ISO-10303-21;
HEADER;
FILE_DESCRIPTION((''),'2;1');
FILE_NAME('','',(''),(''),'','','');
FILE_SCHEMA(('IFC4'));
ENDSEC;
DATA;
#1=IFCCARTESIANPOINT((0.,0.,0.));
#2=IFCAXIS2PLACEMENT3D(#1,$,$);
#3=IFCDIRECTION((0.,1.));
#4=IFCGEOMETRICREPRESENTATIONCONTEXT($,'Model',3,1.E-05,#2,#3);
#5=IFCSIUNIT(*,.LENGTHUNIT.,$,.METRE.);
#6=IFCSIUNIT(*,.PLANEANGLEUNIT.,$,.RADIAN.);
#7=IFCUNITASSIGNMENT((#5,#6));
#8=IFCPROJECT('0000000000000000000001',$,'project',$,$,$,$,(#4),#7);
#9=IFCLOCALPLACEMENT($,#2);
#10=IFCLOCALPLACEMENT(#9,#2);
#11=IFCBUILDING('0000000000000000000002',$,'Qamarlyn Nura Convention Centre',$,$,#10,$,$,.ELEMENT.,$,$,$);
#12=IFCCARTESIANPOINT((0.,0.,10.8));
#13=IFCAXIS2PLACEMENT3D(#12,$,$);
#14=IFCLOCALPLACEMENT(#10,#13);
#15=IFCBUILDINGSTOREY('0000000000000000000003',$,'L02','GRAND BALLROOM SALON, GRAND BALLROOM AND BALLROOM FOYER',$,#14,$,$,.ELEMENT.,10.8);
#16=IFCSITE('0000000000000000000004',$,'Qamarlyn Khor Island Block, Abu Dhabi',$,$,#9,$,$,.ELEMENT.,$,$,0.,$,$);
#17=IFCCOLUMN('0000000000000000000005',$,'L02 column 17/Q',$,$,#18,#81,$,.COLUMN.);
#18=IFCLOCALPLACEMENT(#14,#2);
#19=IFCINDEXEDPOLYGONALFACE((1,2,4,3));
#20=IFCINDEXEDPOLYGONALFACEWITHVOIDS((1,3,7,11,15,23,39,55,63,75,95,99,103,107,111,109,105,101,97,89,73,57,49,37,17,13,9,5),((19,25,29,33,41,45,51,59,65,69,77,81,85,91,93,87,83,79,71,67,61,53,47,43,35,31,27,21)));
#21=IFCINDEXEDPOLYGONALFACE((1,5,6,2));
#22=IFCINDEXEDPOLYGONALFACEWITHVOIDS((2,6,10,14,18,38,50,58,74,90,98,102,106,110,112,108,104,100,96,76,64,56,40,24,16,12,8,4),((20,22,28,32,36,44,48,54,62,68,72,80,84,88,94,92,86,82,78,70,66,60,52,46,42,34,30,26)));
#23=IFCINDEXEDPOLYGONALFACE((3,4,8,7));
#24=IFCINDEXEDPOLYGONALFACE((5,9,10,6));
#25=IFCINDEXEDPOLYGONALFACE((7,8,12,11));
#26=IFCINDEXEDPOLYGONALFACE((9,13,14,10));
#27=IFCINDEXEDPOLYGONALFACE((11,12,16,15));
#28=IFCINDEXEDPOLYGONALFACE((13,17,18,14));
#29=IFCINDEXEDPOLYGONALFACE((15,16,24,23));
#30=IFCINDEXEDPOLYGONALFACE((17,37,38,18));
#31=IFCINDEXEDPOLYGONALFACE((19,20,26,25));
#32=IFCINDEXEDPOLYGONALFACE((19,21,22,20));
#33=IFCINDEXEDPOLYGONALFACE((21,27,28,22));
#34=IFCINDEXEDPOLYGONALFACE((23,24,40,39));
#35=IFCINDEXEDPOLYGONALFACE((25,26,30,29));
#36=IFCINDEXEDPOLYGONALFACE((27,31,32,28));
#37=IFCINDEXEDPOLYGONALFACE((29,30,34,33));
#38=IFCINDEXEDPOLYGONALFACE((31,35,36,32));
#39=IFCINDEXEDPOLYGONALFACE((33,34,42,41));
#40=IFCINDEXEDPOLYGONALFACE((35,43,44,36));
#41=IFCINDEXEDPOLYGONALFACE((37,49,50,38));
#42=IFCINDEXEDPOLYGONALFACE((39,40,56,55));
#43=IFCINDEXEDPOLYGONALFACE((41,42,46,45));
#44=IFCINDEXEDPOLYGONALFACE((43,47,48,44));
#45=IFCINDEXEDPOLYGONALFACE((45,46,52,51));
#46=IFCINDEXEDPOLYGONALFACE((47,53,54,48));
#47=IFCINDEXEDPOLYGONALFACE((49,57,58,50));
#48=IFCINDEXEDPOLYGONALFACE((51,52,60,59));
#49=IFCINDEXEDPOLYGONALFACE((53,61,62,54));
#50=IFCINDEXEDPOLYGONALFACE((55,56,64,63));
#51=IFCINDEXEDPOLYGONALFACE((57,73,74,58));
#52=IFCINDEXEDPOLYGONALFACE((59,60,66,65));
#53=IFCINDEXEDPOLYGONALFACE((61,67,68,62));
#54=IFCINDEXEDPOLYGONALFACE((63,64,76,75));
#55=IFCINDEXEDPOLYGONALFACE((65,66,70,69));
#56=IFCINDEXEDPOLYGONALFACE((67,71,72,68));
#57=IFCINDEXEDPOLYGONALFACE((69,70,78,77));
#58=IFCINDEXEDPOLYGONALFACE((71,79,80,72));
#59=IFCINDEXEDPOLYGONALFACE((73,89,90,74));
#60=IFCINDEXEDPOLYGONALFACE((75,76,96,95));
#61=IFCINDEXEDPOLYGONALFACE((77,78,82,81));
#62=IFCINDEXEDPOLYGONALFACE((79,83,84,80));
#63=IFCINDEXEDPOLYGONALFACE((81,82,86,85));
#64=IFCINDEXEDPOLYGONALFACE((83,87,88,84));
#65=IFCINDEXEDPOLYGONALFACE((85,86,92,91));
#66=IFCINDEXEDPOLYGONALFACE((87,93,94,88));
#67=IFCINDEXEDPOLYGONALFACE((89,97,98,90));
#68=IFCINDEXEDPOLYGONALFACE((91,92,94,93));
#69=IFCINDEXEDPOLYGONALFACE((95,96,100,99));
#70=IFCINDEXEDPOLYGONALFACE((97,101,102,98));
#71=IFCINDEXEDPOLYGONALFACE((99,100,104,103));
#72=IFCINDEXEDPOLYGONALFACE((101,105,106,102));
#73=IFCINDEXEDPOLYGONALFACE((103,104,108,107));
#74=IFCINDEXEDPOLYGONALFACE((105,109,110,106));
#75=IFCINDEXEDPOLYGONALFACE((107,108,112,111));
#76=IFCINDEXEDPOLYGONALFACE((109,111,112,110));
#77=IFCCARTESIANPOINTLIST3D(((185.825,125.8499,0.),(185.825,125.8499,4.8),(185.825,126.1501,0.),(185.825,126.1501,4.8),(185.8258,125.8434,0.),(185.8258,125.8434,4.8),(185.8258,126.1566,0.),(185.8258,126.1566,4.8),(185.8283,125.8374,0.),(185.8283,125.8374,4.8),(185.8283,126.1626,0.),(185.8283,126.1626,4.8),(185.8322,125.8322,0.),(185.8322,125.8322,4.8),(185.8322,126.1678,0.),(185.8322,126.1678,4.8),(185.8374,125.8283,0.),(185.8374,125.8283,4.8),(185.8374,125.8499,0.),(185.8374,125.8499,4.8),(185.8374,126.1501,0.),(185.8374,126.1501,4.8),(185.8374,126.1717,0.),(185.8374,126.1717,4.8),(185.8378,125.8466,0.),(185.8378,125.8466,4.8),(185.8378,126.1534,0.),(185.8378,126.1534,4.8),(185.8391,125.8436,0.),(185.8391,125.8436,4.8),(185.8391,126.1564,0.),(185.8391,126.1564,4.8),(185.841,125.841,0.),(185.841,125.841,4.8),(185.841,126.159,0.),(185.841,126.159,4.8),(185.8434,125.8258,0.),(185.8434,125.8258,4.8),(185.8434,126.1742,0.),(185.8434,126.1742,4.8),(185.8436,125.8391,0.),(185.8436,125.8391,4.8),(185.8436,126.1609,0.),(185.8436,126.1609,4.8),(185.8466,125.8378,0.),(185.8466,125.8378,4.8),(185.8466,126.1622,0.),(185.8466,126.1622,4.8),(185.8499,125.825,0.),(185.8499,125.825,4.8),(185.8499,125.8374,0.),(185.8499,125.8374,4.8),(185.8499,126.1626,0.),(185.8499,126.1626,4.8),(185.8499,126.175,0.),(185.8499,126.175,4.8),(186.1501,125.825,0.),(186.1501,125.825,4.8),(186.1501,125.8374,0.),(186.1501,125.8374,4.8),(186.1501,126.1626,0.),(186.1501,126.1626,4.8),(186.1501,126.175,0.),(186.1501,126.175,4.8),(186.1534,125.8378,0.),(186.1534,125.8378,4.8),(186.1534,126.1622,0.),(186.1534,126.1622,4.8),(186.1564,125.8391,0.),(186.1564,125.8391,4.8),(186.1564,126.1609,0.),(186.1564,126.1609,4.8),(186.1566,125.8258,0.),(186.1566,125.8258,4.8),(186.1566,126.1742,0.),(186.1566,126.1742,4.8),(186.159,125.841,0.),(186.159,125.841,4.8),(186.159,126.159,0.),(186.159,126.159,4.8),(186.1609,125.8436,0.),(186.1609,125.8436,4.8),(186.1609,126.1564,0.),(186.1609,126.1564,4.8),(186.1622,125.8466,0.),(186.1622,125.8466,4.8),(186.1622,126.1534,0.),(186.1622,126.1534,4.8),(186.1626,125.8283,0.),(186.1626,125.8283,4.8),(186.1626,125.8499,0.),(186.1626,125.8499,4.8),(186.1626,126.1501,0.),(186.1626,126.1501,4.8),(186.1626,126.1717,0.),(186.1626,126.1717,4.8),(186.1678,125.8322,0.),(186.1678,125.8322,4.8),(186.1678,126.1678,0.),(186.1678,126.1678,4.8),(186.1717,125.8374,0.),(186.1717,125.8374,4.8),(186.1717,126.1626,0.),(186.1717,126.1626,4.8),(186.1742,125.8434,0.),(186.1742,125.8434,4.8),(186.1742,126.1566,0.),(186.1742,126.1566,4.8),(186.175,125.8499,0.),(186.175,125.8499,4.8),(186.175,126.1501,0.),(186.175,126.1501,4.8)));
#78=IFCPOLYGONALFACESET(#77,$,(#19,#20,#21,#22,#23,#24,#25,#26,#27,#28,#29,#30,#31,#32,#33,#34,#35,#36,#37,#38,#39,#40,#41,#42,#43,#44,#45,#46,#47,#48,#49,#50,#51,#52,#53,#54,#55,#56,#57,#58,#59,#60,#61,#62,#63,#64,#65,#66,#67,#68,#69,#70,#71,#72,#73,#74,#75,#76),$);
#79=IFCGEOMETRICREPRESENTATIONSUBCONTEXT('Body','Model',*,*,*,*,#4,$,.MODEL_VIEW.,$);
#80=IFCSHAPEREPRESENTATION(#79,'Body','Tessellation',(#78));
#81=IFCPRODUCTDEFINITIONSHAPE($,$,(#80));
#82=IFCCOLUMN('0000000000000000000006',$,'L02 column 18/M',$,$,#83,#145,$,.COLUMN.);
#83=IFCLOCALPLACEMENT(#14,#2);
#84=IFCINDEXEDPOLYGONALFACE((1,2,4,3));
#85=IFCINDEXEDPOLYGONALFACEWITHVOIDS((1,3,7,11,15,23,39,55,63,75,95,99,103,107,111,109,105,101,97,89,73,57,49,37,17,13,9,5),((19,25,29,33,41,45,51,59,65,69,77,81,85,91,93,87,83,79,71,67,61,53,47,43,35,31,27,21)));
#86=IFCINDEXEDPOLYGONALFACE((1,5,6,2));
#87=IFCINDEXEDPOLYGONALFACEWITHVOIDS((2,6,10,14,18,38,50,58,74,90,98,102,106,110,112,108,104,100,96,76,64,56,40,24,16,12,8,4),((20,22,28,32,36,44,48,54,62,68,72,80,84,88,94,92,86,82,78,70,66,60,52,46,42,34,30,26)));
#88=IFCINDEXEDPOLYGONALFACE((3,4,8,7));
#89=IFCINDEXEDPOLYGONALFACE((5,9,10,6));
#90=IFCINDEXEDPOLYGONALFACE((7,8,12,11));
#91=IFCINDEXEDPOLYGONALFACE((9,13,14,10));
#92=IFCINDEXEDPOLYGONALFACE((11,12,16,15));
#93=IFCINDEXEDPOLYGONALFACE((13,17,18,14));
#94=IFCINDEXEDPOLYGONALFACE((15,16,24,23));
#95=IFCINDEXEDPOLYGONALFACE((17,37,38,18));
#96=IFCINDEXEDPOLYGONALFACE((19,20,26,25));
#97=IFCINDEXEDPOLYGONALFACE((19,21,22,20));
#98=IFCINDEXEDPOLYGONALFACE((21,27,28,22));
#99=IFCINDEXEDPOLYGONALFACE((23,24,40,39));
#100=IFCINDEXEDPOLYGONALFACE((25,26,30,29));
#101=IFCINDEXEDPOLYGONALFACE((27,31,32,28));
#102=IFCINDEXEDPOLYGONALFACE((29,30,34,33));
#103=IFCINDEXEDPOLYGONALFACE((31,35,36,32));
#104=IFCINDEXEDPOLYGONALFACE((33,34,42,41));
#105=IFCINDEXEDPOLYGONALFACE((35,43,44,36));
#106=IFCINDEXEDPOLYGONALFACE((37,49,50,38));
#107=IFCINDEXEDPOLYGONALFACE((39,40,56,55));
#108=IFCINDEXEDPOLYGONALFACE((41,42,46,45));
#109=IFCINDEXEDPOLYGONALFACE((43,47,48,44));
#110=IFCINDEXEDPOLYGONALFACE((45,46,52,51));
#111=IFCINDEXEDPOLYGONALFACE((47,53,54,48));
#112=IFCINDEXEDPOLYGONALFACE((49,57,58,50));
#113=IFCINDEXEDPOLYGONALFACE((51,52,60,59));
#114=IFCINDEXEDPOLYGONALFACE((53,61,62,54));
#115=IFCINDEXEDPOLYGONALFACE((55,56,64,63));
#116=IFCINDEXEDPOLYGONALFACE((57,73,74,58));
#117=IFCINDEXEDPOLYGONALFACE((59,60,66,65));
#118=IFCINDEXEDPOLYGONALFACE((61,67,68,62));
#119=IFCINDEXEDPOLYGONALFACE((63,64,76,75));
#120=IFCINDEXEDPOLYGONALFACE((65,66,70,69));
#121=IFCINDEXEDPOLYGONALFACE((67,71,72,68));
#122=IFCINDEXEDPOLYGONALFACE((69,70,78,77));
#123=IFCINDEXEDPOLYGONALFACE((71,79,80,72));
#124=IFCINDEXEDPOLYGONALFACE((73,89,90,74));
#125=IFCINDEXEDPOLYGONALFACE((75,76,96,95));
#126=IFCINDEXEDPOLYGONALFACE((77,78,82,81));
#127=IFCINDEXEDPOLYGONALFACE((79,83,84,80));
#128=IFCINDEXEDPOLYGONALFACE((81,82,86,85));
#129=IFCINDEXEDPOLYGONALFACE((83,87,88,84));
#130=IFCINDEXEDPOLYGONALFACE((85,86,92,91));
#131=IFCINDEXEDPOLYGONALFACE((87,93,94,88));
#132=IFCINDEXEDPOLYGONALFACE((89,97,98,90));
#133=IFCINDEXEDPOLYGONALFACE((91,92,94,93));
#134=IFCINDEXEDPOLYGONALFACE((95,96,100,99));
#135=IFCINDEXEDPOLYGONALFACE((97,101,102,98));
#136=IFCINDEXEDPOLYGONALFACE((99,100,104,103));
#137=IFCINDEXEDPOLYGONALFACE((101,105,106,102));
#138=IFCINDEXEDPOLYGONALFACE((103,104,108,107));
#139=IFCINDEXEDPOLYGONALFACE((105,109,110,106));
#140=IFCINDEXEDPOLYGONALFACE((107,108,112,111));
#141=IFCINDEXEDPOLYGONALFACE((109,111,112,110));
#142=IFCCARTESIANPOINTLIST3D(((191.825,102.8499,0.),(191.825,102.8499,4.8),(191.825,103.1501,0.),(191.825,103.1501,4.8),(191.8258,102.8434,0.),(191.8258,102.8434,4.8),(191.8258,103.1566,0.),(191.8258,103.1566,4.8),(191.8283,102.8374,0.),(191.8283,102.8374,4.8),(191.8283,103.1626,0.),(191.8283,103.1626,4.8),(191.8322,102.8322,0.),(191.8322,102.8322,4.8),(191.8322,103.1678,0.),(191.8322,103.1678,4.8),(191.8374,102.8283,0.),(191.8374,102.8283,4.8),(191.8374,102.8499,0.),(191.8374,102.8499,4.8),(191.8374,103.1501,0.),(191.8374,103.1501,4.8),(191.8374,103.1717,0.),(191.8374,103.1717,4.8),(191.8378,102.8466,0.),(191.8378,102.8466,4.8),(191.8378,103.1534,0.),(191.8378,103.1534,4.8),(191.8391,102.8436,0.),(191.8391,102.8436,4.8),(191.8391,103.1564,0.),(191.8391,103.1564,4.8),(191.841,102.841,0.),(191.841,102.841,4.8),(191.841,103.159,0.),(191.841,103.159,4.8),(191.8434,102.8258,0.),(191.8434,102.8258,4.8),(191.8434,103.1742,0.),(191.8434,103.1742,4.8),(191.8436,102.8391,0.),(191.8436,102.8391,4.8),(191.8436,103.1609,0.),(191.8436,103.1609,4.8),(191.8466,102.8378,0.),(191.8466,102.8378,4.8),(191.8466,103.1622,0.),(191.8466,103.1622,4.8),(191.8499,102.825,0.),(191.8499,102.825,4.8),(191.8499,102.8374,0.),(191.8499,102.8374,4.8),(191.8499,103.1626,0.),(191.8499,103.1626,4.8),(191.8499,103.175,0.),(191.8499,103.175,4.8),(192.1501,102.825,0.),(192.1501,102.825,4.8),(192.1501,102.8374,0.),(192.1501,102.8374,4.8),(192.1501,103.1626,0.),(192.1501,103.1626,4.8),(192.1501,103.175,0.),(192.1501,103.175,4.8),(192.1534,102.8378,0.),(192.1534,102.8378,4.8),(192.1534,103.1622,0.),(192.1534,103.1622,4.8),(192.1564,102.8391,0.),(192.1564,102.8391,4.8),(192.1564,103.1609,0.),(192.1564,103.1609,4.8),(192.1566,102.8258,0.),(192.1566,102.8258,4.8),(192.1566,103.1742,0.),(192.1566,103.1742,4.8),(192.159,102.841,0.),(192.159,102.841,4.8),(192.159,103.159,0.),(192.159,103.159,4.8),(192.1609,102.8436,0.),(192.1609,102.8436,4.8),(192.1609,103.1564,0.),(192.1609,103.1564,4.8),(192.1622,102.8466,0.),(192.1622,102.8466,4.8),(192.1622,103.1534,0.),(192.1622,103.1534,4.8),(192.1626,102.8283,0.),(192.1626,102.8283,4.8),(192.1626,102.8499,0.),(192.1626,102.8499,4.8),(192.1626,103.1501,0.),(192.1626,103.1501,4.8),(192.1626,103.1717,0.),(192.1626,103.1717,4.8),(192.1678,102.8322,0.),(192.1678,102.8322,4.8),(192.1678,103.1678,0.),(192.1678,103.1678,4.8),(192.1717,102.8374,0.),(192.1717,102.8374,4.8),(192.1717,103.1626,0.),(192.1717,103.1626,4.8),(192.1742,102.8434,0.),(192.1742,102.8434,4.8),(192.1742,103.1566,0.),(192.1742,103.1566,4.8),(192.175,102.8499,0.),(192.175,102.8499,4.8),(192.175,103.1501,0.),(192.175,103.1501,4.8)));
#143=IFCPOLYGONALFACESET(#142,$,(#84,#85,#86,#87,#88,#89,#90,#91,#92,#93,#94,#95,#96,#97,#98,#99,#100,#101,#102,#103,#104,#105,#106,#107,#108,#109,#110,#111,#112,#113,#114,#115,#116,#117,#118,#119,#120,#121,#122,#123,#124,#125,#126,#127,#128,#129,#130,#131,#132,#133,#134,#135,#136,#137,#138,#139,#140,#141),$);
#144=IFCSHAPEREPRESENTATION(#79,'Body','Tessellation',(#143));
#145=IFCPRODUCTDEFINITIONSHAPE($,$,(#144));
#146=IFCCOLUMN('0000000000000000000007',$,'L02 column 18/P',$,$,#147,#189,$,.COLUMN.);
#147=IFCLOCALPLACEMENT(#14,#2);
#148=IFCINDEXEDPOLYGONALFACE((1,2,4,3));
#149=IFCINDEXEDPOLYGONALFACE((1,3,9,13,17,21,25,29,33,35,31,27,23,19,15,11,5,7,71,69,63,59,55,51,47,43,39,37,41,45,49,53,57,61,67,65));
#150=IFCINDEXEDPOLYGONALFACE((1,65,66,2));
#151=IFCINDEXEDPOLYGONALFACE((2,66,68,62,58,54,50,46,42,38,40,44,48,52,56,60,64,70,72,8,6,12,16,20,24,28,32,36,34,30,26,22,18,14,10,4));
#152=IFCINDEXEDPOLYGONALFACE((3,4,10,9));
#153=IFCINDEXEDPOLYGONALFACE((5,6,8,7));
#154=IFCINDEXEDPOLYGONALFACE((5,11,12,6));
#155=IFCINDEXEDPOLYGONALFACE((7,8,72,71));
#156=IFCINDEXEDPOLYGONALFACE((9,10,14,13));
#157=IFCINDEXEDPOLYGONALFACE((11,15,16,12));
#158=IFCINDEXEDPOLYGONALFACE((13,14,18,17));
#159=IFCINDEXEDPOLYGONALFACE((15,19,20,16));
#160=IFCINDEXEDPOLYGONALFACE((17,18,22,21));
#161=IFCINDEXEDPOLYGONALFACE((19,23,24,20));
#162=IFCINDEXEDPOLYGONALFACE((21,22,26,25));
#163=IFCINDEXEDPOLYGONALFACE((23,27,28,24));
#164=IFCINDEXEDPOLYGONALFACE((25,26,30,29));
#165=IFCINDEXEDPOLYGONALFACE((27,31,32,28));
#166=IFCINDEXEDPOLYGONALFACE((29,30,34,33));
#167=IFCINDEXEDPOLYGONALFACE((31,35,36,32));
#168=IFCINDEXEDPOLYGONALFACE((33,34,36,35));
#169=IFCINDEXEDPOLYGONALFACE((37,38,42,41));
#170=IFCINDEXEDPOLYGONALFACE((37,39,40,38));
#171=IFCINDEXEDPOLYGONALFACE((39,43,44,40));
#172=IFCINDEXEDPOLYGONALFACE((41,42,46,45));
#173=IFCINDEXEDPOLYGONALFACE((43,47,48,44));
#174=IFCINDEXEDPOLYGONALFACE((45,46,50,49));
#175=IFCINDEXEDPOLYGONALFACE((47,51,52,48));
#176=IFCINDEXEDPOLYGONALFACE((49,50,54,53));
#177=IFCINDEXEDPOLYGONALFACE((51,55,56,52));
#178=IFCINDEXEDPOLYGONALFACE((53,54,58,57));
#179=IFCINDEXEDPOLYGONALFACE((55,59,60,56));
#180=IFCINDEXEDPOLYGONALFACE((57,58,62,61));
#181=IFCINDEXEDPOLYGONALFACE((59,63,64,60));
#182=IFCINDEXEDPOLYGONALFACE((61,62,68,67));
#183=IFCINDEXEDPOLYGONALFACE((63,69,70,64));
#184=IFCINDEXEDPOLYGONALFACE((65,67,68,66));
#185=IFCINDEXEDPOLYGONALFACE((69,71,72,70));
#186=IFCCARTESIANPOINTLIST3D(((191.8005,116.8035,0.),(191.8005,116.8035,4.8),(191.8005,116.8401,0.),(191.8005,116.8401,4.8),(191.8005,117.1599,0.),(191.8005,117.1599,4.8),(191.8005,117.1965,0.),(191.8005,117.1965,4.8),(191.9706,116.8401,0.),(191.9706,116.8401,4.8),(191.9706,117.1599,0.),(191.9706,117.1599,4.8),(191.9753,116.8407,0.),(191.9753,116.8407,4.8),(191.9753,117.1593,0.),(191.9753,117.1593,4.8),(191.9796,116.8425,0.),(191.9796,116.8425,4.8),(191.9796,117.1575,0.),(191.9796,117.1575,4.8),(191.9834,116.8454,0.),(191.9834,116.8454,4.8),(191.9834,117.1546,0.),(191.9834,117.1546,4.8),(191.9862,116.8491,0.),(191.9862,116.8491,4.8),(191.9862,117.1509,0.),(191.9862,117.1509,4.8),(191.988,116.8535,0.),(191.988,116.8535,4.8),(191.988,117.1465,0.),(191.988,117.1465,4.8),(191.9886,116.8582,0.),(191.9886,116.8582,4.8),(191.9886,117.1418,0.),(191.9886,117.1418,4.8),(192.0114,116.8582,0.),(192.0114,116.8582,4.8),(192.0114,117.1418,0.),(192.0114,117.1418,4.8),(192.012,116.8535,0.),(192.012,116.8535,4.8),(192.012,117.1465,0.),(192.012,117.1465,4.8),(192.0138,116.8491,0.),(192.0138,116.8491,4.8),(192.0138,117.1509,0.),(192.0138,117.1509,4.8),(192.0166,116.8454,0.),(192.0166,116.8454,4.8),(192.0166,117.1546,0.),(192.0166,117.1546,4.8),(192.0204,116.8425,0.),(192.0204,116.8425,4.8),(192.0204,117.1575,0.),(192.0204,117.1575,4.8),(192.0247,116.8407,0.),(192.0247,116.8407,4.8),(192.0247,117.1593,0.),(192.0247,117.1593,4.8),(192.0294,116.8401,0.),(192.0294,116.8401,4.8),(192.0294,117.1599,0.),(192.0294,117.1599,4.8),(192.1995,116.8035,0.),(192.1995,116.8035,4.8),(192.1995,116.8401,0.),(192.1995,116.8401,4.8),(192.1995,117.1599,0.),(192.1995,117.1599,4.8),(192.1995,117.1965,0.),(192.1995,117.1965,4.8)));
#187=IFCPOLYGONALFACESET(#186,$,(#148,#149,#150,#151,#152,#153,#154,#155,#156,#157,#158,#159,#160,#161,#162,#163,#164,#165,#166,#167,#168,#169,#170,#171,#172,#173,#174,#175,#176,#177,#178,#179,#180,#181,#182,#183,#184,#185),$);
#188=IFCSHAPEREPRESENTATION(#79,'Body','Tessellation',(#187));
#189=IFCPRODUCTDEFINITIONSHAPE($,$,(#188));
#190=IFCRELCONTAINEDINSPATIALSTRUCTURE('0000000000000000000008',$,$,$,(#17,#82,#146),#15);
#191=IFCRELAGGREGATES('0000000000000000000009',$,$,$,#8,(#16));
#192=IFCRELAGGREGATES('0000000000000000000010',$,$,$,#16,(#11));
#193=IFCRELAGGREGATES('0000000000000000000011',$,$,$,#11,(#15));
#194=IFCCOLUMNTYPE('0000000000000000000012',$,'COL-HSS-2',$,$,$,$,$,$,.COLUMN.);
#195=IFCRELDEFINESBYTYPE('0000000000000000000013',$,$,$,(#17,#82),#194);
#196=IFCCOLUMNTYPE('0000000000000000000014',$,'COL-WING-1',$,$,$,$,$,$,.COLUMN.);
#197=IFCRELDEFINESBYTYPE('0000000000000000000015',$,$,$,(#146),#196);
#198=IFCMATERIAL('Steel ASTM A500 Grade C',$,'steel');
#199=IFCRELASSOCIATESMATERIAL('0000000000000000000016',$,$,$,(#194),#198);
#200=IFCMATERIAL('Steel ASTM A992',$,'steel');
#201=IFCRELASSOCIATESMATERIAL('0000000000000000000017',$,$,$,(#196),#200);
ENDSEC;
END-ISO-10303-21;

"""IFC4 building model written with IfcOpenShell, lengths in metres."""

from ifc_helpers import new_model, si_unit, direction, frame, origin, origin_2d, place, context, subcontext, project, spatial, hollow_rectangle, i_section, extrude, material, material_profile, profile_set, type_object, element, save


model = new_model("IFC4")

# Units and contexts
model_context = context("Model", 3, precision=1e-05, world=origin(), true_north=direction((0.0, 1.0)))
body_context = subcontext(model_context, "Body", "Model", "MODEL_VIEW")
ifc_project = project(units=[si_unit("LENGTHUNIT", "METRE"), si_unit("PLANEANGLEUNIT", "RADIAN")], contexts=[model_context])

# Site, building, storey
site_placement = place(None, origin())
site = spatial("IfcSite", under=ifc_project, at=site_placement, Name="Qamarlyn Khor Island Block, Abu Dhabi", CompositionType="ELEMENT", RefElevation=0.0)
building_placement = place(site_placement, origin())
building = spatial("IfcBuilding", under=site, at=building_placement, Name="Qamarlyn Nura Convention Centre", CompositionType="ELEMENT")
storey_placement = place(building_placement, frame((0.0, 0.0, 10.8)))
storey = spatial("IfcBuildingStorey", under=building, at=storey_placement, Name="L02", Description="GRAND BALLROOM SALON, GRAND BALLROOM AND BALLROOM FOYER", CompositionType="ELEMENT", Elevation=10.8)

# Columns
ifc_material_1 = material(Name="Steel ASTM A500 Grade C", Category="steel")
ifc_material_profile_1 = material_profile(ifc_material_1, hollow_rectangle(XDim=0.3501, YDim=0.3501, WallThickness=0.0125, InnerFilletRadius=0.0125, OuterFilletRadius=0.0249, at=origin_2d()), Name="HSS350X350X12.5")
ifc_profile_set_1 = profile_set([ifc_material_profile_1], Name="Steel ASTM A500 Grade C")
column_type_1 = type_object("IfcColumnType", Name="COL-HSS-2", PredefinedType="COLUMN", material=ifc_profile_set_1)
for number, where, z_axis, x_axis, name in (
    (1, (186.0, 126.0, 0.0), (0.0, 0.0, 1.0), (1.0, 0.0, 0.0), "L02 column 17/Q"),
    (2, (192.0, 103.0, 0.0), (0.0, 0.0, 1.0), (1.0, 0.0, 0.0), "L02 column 18/M"),
):
    element("IfcColumn", number, at=place(storey_placement, frame(where, z_axis=z_axis, x_axis=x_axis)), inside=storey, type_object=column_type_1, Name=name, PredefinedType="COLUMN", context=body_context, shape_type="SweptSolid", body=[
        extrude(hollow_rectangle(XDim=0.3501, YDim=0.3501, WallThickness=0.0125, InnerFilletRadius=0.0125, OuterFilletRadius=0.0249, at=origin_2d()), origin(), (0.0, 0.0, 1.0), 4.8),
    ])
ifc_material_2 = material(Name="Steel ASTM A992", Category="steel")
ifc_material_profile_2 = material_profile(ifc_material_2, i_section(OverallWidth=0.3989, OverallDepth=0.3931, WebThickness=0.0227, FlangeThickness=0.0366, FilletRadius=0.0181, at=origin_2d()), Name="W360X287")
ifc_profile_set_2 = profile_set([ifc_material_profile_2], Name="Steel ASTM A992")
column_type_2 = type_object("IfcColumnType", Name="COL-WING-1", PredefinedType="COLUMN", material=ifc_profile_set_2)
column_1_placement = place(storey_placement, frame((192.0, 117.0, 0.0), z_axis=(0.0, 0.0, 1.0), x_axis=(1.0, 0.0, 0.0)))
element("IfcColumn", 3, at=column_1_placement, inside=storey, type_object=column_type_2, Name="L02 column 18/P", PredefinedType="COLUMN", context=body_context, shape_type="SweptSolid", body=[
    extrude(i_section(OverallWidth=0.3989, OverallDepth=0.3931, WebThickness=0.0227, FlangeThickness=0.0366, FilletRadius=0.0181, at=origin_2d()), origin(), (0.0, 0.0, 1.0), 4.8),
])

save(model, "model.ifc")
